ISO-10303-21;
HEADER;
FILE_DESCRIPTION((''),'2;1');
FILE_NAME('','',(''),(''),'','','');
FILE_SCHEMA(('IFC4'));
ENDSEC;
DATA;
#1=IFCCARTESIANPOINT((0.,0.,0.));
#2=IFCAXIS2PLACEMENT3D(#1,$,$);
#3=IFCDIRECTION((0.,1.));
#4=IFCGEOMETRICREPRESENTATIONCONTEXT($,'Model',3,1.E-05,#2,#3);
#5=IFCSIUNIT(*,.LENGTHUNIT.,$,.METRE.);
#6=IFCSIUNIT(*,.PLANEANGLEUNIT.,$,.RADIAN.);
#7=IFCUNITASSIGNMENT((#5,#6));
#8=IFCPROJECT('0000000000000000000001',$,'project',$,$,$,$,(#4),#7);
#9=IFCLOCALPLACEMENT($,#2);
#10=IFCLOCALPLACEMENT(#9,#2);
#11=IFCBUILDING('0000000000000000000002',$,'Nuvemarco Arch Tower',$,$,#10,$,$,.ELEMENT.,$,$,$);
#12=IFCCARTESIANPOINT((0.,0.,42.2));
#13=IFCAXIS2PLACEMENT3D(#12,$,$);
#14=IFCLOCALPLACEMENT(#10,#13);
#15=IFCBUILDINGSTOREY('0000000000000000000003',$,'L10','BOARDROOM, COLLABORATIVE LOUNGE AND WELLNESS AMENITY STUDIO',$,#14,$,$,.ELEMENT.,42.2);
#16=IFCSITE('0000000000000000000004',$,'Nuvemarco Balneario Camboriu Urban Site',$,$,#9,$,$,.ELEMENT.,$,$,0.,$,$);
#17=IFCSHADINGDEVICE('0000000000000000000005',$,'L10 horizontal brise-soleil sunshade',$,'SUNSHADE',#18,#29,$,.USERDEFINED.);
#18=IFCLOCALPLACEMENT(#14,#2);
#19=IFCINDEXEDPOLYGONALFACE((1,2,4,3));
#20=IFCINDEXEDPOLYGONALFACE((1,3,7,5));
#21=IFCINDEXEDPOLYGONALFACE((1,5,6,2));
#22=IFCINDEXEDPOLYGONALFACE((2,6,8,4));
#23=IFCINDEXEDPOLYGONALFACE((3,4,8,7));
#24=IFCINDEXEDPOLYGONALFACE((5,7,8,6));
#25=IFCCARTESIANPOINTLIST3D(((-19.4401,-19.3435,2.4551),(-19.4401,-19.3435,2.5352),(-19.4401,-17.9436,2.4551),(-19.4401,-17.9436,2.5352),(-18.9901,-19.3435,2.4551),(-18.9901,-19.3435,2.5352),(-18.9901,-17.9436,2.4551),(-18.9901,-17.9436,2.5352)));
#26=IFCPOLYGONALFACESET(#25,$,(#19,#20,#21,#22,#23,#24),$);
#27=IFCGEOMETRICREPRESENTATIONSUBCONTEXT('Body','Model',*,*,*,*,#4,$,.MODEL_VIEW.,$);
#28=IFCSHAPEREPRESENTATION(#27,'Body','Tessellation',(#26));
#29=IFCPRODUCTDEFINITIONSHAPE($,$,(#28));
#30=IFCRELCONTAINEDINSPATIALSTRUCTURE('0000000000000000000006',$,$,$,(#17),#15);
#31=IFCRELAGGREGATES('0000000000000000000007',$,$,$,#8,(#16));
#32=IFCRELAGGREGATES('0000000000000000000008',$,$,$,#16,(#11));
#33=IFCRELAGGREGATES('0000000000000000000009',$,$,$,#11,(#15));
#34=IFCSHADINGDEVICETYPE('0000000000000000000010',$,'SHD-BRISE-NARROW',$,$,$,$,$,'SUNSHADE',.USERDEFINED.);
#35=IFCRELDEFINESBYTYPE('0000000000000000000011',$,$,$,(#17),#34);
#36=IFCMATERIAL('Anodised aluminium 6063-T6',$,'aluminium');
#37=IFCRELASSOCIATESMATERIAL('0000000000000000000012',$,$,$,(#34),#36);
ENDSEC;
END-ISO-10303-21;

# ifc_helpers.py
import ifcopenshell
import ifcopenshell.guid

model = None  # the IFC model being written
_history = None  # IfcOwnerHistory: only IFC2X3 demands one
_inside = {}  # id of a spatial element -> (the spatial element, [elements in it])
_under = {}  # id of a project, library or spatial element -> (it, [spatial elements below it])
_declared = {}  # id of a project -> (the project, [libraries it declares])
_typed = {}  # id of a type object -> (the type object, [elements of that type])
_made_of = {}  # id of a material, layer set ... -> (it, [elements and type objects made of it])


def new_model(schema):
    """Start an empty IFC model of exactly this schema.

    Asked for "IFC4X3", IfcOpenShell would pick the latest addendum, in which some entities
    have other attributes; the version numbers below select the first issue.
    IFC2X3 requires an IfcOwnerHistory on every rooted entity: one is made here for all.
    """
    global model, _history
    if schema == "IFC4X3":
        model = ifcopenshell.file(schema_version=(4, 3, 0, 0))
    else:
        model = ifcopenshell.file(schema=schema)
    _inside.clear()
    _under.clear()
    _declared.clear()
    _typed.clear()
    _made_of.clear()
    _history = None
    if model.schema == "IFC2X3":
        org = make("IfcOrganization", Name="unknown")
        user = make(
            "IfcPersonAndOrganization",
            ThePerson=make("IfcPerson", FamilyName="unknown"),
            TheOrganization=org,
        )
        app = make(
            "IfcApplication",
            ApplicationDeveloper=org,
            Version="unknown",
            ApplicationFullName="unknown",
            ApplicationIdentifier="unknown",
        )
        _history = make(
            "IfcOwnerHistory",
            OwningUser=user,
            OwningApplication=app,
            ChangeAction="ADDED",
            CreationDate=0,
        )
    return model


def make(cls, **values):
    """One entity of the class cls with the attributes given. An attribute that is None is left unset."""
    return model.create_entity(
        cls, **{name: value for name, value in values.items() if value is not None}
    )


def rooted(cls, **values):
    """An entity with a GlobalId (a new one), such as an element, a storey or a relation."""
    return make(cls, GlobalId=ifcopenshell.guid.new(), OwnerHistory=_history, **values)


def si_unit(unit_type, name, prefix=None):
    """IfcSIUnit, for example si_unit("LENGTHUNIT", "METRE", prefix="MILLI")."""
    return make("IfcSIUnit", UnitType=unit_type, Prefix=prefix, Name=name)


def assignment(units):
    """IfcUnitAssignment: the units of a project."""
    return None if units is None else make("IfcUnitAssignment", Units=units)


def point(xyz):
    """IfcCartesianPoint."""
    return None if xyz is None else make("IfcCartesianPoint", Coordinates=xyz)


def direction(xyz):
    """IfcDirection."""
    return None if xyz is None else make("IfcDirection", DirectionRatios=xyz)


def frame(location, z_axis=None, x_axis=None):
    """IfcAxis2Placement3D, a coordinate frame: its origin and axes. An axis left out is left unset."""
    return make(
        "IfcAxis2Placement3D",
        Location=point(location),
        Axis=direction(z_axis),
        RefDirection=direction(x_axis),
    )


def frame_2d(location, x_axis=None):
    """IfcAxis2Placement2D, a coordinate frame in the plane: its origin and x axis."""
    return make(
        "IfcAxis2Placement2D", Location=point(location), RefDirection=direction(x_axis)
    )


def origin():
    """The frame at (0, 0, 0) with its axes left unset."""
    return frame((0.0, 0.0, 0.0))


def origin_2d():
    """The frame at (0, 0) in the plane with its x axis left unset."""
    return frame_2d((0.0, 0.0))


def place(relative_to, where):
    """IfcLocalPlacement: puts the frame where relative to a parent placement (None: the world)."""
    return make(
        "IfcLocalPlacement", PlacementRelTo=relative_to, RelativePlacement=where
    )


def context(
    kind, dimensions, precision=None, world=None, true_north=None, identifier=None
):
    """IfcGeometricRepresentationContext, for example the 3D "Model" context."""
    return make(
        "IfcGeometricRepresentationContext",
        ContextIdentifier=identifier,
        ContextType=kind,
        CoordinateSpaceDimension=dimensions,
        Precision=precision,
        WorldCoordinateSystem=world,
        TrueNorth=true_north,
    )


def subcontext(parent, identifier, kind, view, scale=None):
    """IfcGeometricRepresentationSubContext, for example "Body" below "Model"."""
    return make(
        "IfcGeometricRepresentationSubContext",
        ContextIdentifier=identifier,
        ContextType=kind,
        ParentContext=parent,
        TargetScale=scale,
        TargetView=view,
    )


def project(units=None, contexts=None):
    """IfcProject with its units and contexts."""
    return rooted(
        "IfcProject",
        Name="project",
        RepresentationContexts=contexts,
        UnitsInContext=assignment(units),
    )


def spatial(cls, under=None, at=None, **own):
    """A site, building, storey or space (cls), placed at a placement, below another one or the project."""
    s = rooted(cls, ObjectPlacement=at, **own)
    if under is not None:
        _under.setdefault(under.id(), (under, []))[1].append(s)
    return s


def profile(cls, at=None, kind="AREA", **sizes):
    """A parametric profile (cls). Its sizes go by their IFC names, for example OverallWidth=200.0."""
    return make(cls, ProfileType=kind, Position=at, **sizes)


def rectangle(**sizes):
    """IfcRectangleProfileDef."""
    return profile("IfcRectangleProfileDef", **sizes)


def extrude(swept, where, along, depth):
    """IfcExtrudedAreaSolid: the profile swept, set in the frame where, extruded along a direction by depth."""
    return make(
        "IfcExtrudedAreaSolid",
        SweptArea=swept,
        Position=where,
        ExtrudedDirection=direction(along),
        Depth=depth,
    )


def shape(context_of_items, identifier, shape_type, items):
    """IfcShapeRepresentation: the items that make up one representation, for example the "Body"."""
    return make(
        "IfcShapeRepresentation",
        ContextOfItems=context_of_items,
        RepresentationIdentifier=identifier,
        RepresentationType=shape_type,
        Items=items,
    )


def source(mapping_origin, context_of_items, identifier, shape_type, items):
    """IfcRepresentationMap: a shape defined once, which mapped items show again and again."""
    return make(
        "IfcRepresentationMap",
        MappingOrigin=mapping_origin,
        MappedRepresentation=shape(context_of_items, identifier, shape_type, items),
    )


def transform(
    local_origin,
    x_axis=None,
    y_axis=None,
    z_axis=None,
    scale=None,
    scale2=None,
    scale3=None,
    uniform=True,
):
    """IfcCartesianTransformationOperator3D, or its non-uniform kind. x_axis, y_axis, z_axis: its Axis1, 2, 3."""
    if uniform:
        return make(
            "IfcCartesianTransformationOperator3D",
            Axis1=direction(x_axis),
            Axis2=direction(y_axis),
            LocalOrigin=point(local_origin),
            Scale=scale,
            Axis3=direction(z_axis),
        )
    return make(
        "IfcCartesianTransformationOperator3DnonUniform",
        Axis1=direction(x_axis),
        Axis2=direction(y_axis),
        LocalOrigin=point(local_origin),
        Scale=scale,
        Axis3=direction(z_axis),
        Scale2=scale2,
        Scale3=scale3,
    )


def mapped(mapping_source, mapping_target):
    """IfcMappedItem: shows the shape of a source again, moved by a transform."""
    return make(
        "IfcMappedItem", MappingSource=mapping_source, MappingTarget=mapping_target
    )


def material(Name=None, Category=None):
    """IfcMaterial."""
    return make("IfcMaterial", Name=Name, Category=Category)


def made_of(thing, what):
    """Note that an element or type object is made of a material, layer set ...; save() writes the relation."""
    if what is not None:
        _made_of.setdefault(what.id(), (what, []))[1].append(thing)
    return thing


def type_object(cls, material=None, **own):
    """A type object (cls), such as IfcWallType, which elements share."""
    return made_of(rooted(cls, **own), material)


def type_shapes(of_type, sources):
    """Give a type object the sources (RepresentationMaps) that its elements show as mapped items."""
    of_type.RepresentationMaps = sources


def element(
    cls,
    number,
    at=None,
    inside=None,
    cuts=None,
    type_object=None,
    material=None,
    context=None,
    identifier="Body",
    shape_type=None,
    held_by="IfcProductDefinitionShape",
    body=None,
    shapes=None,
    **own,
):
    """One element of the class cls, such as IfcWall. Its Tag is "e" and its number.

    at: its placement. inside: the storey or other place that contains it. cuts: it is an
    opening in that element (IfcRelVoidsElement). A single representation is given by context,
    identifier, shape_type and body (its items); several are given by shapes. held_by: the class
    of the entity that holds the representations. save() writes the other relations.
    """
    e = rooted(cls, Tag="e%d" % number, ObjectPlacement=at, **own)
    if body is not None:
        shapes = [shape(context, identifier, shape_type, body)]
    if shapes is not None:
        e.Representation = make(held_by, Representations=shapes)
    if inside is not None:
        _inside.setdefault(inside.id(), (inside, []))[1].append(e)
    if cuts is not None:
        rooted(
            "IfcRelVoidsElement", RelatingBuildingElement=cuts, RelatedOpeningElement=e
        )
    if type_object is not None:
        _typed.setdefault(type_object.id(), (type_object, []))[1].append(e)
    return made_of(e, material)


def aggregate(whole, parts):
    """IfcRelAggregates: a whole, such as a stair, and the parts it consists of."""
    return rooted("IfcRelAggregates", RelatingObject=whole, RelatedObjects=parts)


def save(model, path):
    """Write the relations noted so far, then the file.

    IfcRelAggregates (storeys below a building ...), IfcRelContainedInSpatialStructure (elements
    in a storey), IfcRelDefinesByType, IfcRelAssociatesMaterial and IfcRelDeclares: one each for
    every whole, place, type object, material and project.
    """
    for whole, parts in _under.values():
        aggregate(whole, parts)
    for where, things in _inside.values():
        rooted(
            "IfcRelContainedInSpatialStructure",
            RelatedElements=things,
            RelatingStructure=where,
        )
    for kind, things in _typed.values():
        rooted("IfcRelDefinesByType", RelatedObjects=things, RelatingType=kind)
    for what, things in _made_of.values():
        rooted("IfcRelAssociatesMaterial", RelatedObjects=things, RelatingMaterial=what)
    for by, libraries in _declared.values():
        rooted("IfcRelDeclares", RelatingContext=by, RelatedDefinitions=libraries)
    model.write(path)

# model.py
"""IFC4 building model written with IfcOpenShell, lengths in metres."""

from ifc_helpers import new_model, si_unit, direction, frame, origin, origin_2d, place, context, subcontext, project, spatial, rectangle, extrude, source, transform, mapped, material, type_object, type_shapes, element, save


model = new_model("IFC4")

# Units and contexts
model_context = context("Model", 3, precision=1e-05, world=origin(), true_north=direction((0.0, 1.0)))
body_context = subcontext(model_context, "Body", "Model", "MODEL_VIEW")
ifc_project = project(units=[si_unit("LENGTHUNIT", "METRE"), si_unit("PLANEANGLEUNIT", "RADIAN")], contexts=[model_context])

# Site, building, storey
site_placement = place(None, origin())
site = spatial("IfcSite", under=ifc_project, at=site_placement, Name="Nuvemarco Balneario Camboriu Urban Site", CompositionType="ELEMENT", RefElevation=0.0)
building_placement = place(site_placement, origin())
building = spatial("IfcBuilding", under=site, at=building_placement, Name="Nuvemarco Arch Tower", CompositionType="ELEMENT")
storey_placement = place(building_placement, frame((0.0, 0.0, 42.2)))
storey = spatial("IfcBuildingStorey", under=building, at=storey_placement, Name="L10", Description="BOARDROOM, COLLABORATIVE LOUNGE AND WELLNESS AMENITY STUDIO", CompositionType="ELEMENT", Elevation=42.2)

# Shading device
ifc_material_1 = material(Name="Anodised aluminium 6063-T6", Category="aluminium")
shading_device_type = type_object("IfcShadingDeviceType", Name="SHD-BRISE-NARROW", ElementType="SUNSHADE", PredefinedType="USERDEFINED", material=ifc_material_1)
shared_shape_1 = source(origin(), body_context, "Body", "SweptSolid", [
    extrude(rectangle(XDim=1.3999, YDim=0.45, at=origin_2d()), origin(), (0.0, 0.0, 1.0), 0.0801),
])
type_shapes(shading_device_type, [shared_shape_1])
shading_device_placement = place(storey_placement, frame((-19.2151, -18.6436, 2.4551), z_axis=(0.0, 0.0, 1.0), x_axis=(0.0, 1.0, 0.0)))
element("IfcShadingDevice", 1, at=shading_device_placement, inside=storey, type_object=shading_device_type, Name="L10 horizontal brise-soleil sunshade", ObjectType="SUNSHADE", PredefinedType="USERDEFINED", context=body_context, shape_type="MappedRepresentation", body=[
    mapped(shared_shape_1, transform((0.0, 0.0, 0.0), scale=1.0)),
])

save(model, "model.ifc")
